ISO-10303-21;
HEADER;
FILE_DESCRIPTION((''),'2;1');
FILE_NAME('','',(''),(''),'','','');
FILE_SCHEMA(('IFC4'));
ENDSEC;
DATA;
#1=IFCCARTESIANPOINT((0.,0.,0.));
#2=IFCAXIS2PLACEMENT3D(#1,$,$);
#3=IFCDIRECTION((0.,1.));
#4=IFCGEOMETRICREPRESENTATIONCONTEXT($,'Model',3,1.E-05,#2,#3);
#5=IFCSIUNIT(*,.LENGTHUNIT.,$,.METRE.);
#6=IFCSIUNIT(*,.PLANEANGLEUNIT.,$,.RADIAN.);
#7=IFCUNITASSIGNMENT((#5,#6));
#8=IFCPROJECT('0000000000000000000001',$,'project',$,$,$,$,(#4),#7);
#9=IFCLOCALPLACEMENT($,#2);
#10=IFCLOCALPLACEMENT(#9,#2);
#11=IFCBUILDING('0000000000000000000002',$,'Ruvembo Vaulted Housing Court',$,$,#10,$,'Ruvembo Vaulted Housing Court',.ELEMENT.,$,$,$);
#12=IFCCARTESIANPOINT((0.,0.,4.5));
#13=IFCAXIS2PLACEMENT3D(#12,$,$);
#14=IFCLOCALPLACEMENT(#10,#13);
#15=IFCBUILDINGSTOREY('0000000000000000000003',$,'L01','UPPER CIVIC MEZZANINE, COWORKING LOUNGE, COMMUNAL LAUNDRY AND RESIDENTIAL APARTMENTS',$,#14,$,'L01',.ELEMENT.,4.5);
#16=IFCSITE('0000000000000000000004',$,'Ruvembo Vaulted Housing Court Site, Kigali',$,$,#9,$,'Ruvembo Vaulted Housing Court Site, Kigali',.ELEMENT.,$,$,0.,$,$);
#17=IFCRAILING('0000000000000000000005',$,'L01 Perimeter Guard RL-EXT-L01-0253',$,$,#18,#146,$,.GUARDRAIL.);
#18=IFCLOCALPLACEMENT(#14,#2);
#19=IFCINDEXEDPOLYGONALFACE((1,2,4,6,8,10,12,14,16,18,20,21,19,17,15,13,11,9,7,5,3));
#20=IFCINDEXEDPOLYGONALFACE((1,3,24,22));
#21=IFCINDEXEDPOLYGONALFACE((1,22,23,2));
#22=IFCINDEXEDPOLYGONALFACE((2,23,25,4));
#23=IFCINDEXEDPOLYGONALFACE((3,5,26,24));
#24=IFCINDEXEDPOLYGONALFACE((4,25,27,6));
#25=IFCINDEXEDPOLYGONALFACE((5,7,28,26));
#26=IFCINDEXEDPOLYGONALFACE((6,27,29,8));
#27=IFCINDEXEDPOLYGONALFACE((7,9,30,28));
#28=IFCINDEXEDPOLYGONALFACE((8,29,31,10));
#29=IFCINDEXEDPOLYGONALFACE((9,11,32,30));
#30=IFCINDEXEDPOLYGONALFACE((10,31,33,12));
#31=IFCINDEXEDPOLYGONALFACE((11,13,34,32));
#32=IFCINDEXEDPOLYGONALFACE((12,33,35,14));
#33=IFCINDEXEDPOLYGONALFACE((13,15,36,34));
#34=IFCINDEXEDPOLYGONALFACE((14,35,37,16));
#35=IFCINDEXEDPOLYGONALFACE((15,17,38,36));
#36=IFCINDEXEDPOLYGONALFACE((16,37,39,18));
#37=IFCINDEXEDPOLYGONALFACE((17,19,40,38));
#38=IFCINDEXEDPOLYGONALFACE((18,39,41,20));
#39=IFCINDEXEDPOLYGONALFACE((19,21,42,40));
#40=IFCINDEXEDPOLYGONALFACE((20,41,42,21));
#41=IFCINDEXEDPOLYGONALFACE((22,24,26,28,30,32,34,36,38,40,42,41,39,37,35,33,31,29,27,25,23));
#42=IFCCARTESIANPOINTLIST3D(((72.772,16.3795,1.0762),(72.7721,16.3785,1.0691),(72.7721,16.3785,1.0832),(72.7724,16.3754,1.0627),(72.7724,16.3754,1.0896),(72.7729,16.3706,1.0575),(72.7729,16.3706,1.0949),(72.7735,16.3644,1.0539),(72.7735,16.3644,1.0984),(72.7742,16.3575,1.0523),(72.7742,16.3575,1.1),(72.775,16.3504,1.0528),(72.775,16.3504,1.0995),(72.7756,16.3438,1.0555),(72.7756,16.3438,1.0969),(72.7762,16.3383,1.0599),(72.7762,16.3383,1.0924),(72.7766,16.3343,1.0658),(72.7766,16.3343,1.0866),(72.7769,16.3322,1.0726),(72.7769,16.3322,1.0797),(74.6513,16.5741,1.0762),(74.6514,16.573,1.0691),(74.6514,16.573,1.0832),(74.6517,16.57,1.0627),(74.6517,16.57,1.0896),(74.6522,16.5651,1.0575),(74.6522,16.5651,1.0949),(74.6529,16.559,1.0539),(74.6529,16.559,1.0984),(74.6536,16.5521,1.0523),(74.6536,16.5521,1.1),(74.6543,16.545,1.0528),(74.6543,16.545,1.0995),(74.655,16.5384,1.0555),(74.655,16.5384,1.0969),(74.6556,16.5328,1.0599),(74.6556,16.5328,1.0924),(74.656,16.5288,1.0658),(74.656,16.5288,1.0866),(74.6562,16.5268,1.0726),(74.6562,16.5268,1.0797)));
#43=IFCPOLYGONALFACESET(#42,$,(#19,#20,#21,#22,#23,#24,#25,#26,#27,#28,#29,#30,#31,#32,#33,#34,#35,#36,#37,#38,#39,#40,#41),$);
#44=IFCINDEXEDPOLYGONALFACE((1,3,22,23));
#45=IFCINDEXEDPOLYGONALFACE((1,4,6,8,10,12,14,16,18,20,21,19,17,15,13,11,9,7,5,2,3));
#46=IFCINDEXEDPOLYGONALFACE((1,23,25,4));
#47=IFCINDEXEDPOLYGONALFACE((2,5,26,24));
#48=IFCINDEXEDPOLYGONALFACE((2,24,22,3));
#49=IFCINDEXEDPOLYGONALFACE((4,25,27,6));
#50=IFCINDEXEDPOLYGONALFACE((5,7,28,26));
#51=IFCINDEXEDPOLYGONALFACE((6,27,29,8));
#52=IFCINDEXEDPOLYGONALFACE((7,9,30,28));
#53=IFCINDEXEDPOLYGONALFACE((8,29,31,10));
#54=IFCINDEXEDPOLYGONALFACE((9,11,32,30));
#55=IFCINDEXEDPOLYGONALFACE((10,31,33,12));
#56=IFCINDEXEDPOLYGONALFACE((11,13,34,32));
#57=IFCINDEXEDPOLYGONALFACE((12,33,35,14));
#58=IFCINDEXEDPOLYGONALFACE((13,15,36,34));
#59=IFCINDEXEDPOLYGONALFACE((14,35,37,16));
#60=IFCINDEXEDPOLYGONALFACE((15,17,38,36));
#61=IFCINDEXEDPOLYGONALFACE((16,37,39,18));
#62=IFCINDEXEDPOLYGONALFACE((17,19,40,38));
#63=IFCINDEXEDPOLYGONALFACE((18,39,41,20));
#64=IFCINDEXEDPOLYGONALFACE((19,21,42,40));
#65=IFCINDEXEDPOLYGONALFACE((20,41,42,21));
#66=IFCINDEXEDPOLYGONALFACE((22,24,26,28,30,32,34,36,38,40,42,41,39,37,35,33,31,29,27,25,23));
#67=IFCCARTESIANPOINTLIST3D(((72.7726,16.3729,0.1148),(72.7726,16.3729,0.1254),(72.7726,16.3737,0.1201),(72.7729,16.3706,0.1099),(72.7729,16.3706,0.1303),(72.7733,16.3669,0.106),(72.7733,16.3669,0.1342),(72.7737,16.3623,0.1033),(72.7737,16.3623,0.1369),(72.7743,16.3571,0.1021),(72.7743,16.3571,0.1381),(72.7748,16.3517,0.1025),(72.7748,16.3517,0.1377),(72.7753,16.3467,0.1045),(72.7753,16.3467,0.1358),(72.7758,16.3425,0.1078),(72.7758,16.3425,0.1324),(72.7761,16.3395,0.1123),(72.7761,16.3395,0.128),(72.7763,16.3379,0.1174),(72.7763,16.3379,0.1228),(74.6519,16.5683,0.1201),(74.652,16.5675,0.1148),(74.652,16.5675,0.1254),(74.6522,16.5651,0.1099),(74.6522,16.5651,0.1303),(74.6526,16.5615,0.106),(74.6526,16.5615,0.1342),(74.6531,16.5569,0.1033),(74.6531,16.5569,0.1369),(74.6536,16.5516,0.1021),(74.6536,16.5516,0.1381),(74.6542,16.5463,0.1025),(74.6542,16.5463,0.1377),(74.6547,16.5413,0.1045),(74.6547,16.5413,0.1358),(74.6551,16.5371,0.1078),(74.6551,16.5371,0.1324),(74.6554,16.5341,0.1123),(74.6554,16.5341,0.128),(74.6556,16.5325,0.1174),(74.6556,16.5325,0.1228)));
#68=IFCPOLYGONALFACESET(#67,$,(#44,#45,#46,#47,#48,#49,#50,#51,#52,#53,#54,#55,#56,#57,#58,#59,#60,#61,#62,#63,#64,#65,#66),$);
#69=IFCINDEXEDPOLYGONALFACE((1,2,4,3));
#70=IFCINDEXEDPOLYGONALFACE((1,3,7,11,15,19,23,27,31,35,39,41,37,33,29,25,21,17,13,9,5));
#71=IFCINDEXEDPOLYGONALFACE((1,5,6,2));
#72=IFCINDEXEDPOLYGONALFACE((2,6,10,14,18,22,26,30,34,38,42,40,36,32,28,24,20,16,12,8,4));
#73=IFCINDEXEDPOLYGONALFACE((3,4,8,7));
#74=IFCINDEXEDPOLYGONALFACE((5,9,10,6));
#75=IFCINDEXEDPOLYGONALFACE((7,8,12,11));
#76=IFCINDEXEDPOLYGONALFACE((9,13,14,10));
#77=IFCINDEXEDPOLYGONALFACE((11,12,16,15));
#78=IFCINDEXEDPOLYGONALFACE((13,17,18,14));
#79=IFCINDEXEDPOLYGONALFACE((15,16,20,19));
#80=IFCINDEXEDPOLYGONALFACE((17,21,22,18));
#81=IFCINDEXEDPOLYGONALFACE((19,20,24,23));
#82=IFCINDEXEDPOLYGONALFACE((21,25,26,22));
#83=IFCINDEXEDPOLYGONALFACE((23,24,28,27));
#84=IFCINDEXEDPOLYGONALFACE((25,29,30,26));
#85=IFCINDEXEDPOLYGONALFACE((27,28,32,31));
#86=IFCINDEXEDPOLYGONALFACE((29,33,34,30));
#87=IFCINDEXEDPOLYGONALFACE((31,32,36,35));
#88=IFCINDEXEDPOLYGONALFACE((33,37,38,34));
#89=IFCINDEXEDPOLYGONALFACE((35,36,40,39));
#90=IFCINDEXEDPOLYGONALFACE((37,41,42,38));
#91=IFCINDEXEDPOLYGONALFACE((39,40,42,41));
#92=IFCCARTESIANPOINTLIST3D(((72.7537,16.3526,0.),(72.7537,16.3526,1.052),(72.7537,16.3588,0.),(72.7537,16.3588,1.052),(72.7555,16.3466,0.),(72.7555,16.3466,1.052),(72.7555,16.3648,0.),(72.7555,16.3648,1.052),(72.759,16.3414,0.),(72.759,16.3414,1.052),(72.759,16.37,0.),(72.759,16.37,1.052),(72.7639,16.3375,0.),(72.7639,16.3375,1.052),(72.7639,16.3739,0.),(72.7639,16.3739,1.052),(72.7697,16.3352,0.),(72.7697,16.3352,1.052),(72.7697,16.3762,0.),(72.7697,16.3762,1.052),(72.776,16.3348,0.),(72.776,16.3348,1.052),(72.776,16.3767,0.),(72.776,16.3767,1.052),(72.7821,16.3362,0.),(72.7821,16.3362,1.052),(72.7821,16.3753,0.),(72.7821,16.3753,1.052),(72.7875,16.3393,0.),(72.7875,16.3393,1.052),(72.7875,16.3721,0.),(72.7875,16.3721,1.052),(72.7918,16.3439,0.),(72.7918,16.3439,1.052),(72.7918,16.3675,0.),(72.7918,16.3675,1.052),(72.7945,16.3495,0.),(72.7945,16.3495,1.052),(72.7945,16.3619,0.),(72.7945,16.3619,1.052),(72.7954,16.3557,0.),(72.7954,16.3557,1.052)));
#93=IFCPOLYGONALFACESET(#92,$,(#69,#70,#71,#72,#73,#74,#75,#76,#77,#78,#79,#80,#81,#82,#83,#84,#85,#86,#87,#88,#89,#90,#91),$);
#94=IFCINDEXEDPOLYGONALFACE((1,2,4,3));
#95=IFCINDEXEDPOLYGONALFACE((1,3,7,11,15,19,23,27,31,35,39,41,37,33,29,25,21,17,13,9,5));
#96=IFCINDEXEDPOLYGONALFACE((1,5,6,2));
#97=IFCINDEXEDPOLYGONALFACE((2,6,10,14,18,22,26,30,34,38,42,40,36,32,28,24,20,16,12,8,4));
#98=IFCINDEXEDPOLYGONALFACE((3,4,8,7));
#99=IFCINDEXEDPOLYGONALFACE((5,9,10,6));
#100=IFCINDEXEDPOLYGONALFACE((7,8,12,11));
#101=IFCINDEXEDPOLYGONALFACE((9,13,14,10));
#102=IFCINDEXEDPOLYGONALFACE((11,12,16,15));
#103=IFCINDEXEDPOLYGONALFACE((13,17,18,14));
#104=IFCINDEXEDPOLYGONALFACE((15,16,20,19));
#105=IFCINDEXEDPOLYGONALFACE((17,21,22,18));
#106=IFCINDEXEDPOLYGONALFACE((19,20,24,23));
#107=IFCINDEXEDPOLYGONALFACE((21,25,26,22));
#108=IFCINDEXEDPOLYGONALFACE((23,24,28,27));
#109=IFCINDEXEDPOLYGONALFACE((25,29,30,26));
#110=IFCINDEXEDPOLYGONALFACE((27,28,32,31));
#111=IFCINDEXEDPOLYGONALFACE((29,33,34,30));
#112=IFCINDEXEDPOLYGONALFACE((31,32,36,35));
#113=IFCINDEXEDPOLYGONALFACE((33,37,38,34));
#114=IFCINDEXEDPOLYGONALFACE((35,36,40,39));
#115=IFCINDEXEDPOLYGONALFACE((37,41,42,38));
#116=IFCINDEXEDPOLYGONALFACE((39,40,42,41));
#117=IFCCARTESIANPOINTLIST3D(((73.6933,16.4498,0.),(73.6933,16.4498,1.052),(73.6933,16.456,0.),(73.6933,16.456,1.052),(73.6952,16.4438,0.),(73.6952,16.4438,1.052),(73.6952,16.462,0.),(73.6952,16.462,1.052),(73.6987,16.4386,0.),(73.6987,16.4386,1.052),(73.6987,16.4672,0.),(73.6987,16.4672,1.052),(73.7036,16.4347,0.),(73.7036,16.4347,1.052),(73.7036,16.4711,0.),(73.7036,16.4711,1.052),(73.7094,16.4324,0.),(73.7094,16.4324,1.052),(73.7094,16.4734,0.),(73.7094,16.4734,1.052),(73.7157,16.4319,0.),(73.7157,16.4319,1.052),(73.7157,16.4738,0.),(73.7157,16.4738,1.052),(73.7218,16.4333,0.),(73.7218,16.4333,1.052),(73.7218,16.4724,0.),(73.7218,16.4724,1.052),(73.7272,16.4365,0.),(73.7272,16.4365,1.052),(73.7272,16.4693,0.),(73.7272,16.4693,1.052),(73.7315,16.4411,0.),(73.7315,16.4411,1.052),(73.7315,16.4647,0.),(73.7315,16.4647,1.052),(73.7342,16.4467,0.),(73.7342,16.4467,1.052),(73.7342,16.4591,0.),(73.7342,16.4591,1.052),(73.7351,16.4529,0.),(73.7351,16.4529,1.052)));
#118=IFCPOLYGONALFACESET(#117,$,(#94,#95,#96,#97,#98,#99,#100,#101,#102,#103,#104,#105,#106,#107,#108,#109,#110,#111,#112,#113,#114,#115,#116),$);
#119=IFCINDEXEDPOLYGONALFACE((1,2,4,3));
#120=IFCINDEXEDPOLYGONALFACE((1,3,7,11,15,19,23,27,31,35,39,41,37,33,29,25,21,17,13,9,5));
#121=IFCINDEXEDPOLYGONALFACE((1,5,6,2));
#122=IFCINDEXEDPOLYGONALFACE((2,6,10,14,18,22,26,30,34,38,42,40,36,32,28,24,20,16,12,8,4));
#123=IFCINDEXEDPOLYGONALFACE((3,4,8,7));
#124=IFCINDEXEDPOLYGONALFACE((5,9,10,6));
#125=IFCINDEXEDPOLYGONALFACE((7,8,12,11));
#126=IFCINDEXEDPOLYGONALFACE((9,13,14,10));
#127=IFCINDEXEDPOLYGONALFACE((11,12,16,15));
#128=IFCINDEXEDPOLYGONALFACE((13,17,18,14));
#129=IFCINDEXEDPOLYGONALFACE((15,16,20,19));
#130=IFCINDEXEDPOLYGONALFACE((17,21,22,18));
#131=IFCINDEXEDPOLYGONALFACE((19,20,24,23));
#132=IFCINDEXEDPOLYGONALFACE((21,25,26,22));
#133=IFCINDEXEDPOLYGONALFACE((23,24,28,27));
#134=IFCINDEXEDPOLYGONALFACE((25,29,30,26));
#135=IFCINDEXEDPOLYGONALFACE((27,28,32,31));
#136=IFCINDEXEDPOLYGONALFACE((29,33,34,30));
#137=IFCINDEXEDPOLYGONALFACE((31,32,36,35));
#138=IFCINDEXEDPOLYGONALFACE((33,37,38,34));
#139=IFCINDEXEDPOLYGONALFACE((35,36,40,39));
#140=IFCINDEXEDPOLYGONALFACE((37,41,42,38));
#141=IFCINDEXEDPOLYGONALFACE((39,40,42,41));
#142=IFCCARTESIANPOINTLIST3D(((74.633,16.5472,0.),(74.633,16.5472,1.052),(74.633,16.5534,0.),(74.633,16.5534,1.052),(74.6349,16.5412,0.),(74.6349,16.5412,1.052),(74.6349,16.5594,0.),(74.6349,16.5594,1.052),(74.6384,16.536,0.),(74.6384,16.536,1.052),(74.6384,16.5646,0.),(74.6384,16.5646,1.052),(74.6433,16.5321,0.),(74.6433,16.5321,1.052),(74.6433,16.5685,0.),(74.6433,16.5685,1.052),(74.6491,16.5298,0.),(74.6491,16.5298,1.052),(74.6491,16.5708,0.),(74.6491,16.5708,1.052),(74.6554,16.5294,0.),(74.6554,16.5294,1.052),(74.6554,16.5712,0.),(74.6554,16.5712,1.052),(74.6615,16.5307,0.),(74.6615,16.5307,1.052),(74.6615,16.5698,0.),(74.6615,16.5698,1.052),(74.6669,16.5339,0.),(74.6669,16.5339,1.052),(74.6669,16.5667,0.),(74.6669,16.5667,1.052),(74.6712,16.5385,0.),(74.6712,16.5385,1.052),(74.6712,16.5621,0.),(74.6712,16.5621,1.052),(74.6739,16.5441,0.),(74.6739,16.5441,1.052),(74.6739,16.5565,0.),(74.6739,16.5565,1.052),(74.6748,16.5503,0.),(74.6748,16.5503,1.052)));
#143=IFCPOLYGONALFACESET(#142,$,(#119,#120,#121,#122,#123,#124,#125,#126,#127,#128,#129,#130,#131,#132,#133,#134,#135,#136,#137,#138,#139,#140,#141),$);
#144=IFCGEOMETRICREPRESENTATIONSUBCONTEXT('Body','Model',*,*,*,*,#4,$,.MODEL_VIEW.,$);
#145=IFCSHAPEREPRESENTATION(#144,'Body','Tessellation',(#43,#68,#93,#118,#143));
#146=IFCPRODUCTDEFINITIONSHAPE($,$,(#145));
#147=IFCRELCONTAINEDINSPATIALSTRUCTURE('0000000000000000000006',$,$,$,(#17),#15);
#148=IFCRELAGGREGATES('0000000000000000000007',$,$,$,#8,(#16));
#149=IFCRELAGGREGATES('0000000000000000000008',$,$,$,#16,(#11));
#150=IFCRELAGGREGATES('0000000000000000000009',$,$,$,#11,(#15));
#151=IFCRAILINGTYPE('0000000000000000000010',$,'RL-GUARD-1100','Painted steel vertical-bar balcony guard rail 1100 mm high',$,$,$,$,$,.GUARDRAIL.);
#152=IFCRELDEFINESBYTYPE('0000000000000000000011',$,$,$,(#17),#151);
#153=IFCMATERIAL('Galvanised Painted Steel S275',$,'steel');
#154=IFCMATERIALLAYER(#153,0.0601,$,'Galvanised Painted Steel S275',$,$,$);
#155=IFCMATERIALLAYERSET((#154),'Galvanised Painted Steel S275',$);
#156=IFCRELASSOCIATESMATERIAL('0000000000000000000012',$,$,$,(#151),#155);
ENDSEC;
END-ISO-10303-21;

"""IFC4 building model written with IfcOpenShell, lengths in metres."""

from ifc_helpers import new_model, si_unit, direction, frame, origin, origin_2d, place, context, subcontext, project, spatial, circle, extrude, material, layer, layer_set, type_object, element, save


model = new_model("IFC4")

# Units and contexts
model_context = context("Model", 3, precision=1e-05, world=origin(), true_north=direction((0.0, 1.0)))
body_context = subcontext(model_context, "Body", "Model", "MODEL_VIEW")
ifc_project = project(units=[si_unit("LENGTHUNIT", "METRE"), si_unit("PLANEANGLEUNIT", "RADIAN")], contexts=[model_context])

# Site, building, storey
site_placement = place(None, origin())
site = spatial("IfcSite", under=ifc_project, at=site_placement, Name="Ruvembo Vaulted Housing Court Site, Kigali", LongName="Ruvembo Vaulted Housing Court Site, Kigali", CompositionType="ELEMENT", RefElevation=0.0)
building_placement = place(site_placement, origin())
building = spatial("IfcBuilding", under=site, at=building_placement, Name="Ruvembo Vaulted Housing Court", LongName="Ruvembo Vaulted Housing Court", CompositionType="ELEMENT")
storey_placement = place(building_placement, frame((0.0, 0.0, 4.5)))
storey = spatial("IfcBuildingStorey", under=building, at=storey_placement, Name="L01", Description="UPPER CIVIC MEZZANINE, COWORKING LOUNGE, COMMUNAL LAUNDRY AND RESIDENTIAL APARTMENTS", LongName="L01", CompositionType="ELEMENT", Elevation=4.5)

# Railing
ifc_material_1 = material(Name="Galvanised Painted Steel S275", Category="steel")
ifc_layer_1 = layer(ifc_material_1, 0.0601, Name="Galvanised Painted Steel S275")
ifc_layer_set_1 = layer_set([ifc_layer_1], Name="Galvanised Painted Steel S275")
railing_type = type_object("IfcRailingType", Name="RL-GUARD-1100", Description="Painted steel vertical-bar balcony guard rail 1100 mm high", PredefinedType="GUARDRAIL", material=ifc_layer_set_1)
railing_1_placement = place(storey_placement, frame((72.7744, 16.3557, 0.0)))
element("IfcRailing", 1, at=railing_1_placement, inside=storey, type_object=railing_type, Name="L01 Perimeter Guard RL-EXT-L01-0253", PredefinedType="GUARDRAIL", context=body_context, shape_type="SweptSolid", body=[
    extrude(circle(Radius=0.0239, at=origin_2d()), frame((0.0, 0.0, 1.0762), z_axis=(0.994683, 0.102983, 0.0), x_axis=(-0.102983, 0.994683, 0.0)), (0.0, 0.0, 1.0), 1.8894),
    extrude(circle(Radius=0.0181, at=origin_2d()), frame((0.0, 0.0, 0.1201), z_axis=(0.994683, 0.102983, 0.0), x_axis=(-0.102983, 0.994683, 0.0)), (0.0, 0.0, 1.0), 1.8894),
    extrude(circle(Radius=0.021, at=origin_2d()), origin(), (0.0, 0.0, 1.0), 1.052),
    extrude(circle(Radius=0.021, at=origin_2d()), frame((0.9397, 0.0972, 0.0)), (0.0, 0.0, 1.0), 1.052),
    extrude(circle(Radius=0.021, at=origin_2d()), frame((1.8794, 0.1946, 0.0)), (0.0, 0.0, 1.0), 1.052),
])

save(model, "model.ifc")
